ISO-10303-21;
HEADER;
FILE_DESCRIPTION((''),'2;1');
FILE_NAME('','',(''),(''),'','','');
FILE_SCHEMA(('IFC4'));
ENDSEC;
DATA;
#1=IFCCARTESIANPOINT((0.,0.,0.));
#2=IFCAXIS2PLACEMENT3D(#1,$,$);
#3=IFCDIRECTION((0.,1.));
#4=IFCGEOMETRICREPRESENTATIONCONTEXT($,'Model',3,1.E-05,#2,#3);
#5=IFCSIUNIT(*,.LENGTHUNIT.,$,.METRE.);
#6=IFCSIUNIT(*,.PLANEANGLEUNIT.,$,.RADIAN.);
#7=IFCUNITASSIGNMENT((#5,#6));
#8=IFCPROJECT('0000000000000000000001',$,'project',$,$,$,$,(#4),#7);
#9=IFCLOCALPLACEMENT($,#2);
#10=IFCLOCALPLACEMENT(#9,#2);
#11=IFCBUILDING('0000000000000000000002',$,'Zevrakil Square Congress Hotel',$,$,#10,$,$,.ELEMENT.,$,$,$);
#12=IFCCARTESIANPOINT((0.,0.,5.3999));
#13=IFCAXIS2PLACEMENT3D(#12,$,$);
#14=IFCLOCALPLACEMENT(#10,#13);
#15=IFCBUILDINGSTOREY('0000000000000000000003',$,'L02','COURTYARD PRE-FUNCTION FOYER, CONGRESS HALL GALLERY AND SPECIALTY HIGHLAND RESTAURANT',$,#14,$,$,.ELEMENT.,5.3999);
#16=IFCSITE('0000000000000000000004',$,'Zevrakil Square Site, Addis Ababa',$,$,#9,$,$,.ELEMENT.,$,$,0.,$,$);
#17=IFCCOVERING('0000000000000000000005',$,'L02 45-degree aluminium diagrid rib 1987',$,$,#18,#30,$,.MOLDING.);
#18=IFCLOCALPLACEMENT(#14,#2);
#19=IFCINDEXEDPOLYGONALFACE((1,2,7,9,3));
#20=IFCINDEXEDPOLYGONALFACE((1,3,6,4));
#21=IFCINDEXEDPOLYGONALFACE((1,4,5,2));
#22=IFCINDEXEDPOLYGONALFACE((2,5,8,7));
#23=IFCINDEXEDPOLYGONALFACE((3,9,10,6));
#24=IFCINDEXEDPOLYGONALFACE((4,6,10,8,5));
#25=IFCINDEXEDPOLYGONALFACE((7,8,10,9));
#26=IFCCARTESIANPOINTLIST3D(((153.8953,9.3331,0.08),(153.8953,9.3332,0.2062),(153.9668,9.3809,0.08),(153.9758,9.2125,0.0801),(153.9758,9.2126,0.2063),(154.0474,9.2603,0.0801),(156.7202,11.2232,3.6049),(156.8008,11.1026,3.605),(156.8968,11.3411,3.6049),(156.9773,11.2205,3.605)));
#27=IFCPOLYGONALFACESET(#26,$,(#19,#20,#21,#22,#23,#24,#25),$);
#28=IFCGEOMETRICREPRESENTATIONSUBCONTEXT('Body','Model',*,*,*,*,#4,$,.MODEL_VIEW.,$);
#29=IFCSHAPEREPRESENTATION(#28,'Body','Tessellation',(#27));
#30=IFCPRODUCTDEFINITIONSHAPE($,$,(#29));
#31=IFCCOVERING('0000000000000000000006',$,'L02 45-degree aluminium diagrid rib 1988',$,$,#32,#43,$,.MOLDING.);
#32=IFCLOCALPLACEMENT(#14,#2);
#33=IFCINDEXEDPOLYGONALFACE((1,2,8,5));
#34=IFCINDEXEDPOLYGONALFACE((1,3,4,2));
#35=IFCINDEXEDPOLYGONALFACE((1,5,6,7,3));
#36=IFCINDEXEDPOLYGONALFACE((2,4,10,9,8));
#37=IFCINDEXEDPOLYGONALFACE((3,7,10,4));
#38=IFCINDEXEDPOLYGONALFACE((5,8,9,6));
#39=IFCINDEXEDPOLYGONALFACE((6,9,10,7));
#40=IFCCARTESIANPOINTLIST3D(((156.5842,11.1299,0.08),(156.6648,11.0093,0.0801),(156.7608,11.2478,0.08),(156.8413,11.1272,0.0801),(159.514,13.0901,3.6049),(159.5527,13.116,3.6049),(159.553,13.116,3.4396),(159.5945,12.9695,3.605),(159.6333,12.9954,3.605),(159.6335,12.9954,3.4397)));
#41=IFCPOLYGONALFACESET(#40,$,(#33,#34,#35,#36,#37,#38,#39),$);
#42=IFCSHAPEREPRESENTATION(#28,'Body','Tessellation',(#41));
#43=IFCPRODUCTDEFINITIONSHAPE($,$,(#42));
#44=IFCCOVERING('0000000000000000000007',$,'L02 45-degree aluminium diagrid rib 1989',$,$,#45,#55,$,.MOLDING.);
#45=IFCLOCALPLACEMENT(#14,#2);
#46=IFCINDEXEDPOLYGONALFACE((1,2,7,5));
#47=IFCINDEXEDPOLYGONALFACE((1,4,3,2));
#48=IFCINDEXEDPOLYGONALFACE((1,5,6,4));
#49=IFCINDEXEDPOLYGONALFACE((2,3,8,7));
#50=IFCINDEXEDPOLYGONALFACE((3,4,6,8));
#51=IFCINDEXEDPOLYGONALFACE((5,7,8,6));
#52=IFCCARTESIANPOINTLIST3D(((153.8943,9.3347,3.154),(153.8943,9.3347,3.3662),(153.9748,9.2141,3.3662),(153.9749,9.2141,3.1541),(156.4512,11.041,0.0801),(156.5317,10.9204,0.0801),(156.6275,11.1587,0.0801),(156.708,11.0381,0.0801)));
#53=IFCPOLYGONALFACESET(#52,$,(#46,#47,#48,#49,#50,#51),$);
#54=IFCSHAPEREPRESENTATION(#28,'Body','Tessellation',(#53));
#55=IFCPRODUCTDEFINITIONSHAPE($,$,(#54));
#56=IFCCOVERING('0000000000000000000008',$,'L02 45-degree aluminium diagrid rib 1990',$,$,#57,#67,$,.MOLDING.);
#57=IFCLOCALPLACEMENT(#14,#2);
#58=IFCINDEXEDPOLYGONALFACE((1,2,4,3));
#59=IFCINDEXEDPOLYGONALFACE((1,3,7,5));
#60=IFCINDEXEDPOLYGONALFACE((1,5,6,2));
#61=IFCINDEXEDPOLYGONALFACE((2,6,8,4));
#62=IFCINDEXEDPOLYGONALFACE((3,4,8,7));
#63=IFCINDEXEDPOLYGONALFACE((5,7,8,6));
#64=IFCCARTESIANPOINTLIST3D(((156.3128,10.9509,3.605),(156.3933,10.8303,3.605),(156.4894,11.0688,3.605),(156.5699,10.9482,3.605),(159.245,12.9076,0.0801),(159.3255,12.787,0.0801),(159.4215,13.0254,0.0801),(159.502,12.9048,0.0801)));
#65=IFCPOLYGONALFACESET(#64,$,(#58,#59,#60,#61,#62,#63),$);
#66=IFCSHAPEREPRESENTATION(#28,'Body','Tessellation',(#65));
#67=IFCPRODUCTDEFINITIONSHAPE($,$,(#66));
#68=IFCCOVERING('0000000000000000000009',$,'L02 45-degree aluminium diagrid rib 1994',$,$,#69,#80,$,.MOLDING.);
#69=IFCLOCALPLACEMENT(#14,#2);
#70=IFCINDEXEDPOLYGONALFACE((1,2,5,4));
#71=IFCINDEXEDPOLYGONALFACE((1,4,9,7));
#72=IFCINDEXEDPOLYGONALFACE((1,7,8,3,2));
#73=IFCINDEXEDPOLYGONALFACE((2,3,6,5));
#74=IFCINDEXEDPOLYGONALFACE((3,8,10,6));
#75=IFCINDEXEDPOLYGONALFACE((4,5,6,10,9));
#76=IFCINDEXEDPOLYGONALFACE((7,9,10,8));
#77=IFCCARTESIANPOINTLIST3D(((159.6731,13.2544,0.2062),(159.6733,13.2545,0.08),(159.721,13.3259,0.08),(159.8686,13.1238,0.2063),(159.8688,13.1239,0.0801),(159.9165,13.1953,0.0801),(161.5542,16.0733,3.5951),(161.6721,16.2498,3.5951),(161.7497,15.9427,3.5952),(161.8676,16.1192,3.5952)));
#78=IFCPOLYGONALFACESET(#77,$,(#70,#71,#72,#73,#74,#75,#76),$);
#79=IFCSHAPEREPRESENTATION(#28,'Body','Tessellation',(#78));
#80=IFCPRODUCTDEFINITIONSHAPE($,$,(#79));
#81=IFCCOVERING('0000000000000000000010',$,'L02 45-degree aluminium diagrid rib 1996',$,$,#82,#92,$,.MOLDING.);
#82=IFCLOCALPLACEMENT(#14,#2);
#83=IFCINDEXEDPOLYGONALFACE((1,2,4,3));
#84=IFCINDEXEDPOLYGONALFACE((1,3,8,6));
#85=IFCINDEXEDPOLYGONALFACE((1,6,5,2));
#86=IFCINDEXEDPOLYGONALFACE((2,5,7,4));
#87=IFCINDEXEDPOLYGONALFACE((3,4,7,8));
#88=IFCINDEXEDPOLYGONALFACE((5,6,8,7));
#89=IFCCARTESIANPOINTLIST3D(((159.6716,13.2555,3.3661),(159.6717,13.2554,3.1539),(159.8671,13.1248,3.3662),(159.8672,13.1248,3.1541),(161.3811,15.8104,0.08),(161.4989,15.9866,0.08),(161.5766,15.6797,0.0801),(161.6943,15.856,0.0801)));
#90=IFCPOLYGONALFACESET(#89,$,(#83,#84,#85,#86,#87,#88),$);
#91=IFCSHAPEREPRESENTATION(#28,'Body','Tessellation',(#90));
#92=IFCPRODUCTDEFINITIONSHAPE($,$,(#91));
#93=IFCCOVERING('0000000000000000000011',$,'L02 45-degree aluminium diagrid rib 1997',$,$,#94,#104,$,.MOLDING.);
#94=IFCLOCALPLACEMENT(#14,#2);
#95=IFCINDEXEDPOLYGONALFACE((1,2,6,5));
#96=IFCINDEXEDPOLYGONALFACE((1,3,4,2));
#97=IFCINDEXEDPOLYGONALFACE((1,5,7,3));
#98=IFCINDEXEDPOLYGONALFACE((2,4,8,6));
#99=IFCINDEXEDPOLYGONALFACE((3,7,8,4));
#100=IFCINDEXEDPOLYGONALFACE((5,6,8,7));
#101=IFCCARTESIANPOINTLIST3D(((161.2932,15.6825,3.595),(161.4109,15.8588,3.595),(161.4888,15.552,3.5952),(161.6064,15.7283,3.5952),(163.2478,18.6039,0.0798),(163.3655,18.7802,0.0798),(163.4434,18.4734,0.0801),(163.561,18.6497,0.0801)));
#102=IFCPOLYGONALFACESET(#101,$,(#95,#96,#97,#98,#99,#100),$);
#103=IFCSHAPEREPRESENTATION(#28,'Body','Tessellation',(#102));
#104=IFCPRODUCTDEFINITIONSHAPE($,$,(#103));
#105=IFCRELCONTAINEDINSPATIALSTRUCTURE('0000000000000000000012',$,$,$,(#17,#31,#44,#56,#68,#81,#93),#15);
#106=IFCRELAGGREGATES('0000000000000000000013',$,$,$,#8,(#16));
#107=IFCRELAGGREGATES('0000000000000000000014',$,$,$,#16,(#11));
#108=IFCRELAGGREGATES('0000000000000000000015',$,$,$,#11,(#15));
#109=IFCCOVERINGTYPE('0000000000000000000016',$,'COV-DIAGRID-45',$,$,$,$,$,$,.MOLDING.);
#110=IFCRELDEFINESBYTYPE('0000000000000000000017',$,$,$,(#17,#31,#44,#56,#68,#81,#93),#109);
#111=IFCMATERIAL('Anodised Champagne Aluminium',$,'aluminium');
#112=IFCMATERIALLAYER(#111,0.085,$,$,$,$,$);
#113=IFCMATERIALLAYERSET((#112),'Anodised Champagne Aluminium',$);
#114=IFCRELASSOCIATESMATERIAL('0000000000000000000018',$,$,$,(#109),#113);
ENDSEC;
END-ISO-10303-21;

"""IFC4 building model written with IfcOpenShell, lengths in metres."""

from ifc_helpers import new_model, si_unit, direction, frame, origin, place, context, subcontext, project, spatial, polyline, outline, extrude, material, layer, layer_set, type_object, element, save


model = new_model("IFC4")

# Units and contexts
model_context = context("Model", 3, precision=1e-05, world=origin(), true_north=direction((0.0, 1.0)))
body_context = subcontext(model_context, "Body", "Model", "MODEL_VIEW")
ifc_project = project(units=[si_unit("LENGTHUNIT", "METRE"), si_unit("PLANEANGLEUNIT", "RADIAN")], contexts=[model_context])

# Site, building, storey
site_placement = place(None, origin())
site = spatial("IfcSite", under=ifc_project, at=site_placement, Name="Zevrakil Square Site, Addis Ababa", CompositionType="ELEMENT", RefElevation=0.0)
building_placement = place(site_placement, origin())
building = spatial("IfcBuilding", under=site, at=building_placement, Name="Zevrakil Square Congress Hotel", CompositionType="ELEMENT")
storey_placement = place(building_placement, frame((0.0, 0.0, 5.3999)))
storey = spatial("IfcBuildingStorey", under=building, at=storey_placement, Name="L02", Description="COURTYARD PRE-FUNCTION FOYER, CONGRESS HALL GALLERY AND SPECIALTY HIGHLAND RESTAURANT", CompositionType="ELEMENT", Elevation=5.3999)

# Coverings
ifc_material_1 = material(Name="Anodised Champagne Aluminium", Category="aluminium")
ifc_layer_1 = layer(ifc_material_1, 0.085)
ifc_layer_set_1 = layer_set([ifc_layer_1], Name="Anodised Champagne Aluminium")
covering_type_1 = type_object("IfcCoveringType", Name="COV-DIAGRID-45", PredefinedType="MOLDING", material=ifc_layer_set_1)
covering_1_placement = place(storey_placement, frame((154.0474, 9.2603, 0.0801), z_axis=(0.555372, -0.831602, 0.000827), x_axis=(-0.831602, -0.555372, -0.000001)))
element("IfcCovering", 1, at=covering_1_placement, inside=storey, type_object=covering_type_1, Name="L02 45-degree aluminium diagrid rib 1987", PredefinedType="MOLDING", context=body_context, shape_type="SweptSolid", body=[
    extrude(outline(polyline([(0.0, 0.0), (0.0861, 0.0), (0.0859, -0.1262), (-3.3129, -3.5249), (-3.5252, -3.5249), (0.0, 0.0)])), origin(), (0.0, 0.0, -1.0), 0.145),
])
covering_2_placement = place(storey_placement, frame((156.8413, 11.1272, 0.0801), z_axis=(0.555368, -0.831605, 0.000855), x_axis=(-0.831605, -0.555368, 0.0)))
element("IfcCovering", 2, at=covering_2_placement, inside=storey, type_object=covering_type_1, Name="L02 45-degree aluminium diagrid rib 1988", PredefinedType="MOLDING", context=body_context, shape_type="SweptSolid", body=[
    extrude(outline(polyline([(0.0, 0.0), (0.2123, 0.0), (-3.3127, -3.5249), (-3.3594, -3.5249), (-3.3596, -3.3596), (0.0, 0.0)])), origin(), (0.0, 0.0, -1.0), 0.145),
])
covering_3_placement = place(storey_placement, frame((153.9749, 9.2141, 3.1541), z_axis=(0.555161, -0.831743, 0.000085), x_axis=(-0.000047, 0.000071, 1.0)))
element("IfcCovering", 3, at=covering_3_placement, inside=storey, type_object=covering_type_1, Name="L02 45-degree aluminium diagrid rib 1989", PredefinedType="MOLDING", context=body_context, shape_type="SweptSolid", body=[
    extrude(outline(polyline([(0.0, 0.0), (0.2122, 0.0), (-3.074, -3.2859), (-3.074, -3.0739), (0.0, 0.0)])), origin(), (0.0, 0.0, -1.0), 0.145),
])
covering_4_placement = place(storey_placement, frame((156.3933, 10.8303, 3.605), z_axis=(0.555098, -0.831785, 0.000027), x_axis=(0.831785, 0.555098, 0.0)))
element("IfcCovering", 4, at=covering_4_placement, inside=storey, type_object=covering_type_1, Name="L02 45-degree aluminium diagrid rib 1990", PredefinedType="MOLDING", context=body_context, shape_type="SweptSolid", body=[
    extrude(outline(polyline([(0.0, 0.0), (0.2123, 0.0), (3.7373, -3.5249), (3.5251, -3.5249), (0.0, 0.0)])), origin(), (0.0, 0.0, -1.0), 0.145),
])
covering_5_placement = place(storey_placement, frame((159.9165, 13.1953, 0.0801), z_axis=(0.831539, -0.555467, 0.000482), x_axis=(-0.555467, -0.831539, -0.000001)))
element("IfcCovering", 5, at=covering_5_placement, inside=storey, type_object=covering_type_1, Name="L02 45-degree aluminium diagrid rib 1994", PredefinedType="MOLDING", context=body_context, shape_type="SweptSolid", body=[
    extrude(outline(polyline([(0.0, 0.0), (0.0859, 0.0), (0.0861, -0.1262), (-3.3028, -3.5151), (-3.5151, -3.5151), (0.0, 0.0)])), origin(), (0.0, 0.0, -1.0), 0.2351),
])
covering_6_placement = place(storey_placement, frame((159.8672, 13.1248, 3.1541), z_axis=(0.831418, -0.555648, 0.0005), x_axis=(-0.000416, 0.000278, 1.0)))
element("IfcCovering", 6, at=covering_6_placement, inside=storey, type_object=covering_type_1, Name="L02 45-degree aluminium diagrid rib 1996", PredefinedType="MOLDING", context=body_context, shape_type="SweptSolid", body=[
    extrude(outline(polyline([(0.0, 0.0), (0.2122, 0.0), (-3.074, -3.286), (-3.074, -3.0741), (0.0, 0.0)])), origin(), (0.0, 0.0, -1.0), 0.2351),
])
covering_7_placement = place(storey_placement, frame((161.4888, 15.552, 3.5952), z_axis=(0.831695, -0.555231, 0.001018), x_axis=(0.555232, 0.831696, 0.0)))
element("IfcCovering", 7, at=covering_7_placement, inside=storey, type_object=covering_type_1, Name="L02 45-degree aluminium diagrid rib 1997", PredefinedType="MOLDING", context=body_context, shape_type="SweptSolid", body=[
    extrude(outline(polyline([(0.0, 0.0), (0.2119, 0.0), (3.7269, -3.5151), (3.515, -3.5151), (0.0, 0.0)])), origin(), (0.0, 0.0, -1.0), 0.2351),
])

save(model, "model.ifc")
